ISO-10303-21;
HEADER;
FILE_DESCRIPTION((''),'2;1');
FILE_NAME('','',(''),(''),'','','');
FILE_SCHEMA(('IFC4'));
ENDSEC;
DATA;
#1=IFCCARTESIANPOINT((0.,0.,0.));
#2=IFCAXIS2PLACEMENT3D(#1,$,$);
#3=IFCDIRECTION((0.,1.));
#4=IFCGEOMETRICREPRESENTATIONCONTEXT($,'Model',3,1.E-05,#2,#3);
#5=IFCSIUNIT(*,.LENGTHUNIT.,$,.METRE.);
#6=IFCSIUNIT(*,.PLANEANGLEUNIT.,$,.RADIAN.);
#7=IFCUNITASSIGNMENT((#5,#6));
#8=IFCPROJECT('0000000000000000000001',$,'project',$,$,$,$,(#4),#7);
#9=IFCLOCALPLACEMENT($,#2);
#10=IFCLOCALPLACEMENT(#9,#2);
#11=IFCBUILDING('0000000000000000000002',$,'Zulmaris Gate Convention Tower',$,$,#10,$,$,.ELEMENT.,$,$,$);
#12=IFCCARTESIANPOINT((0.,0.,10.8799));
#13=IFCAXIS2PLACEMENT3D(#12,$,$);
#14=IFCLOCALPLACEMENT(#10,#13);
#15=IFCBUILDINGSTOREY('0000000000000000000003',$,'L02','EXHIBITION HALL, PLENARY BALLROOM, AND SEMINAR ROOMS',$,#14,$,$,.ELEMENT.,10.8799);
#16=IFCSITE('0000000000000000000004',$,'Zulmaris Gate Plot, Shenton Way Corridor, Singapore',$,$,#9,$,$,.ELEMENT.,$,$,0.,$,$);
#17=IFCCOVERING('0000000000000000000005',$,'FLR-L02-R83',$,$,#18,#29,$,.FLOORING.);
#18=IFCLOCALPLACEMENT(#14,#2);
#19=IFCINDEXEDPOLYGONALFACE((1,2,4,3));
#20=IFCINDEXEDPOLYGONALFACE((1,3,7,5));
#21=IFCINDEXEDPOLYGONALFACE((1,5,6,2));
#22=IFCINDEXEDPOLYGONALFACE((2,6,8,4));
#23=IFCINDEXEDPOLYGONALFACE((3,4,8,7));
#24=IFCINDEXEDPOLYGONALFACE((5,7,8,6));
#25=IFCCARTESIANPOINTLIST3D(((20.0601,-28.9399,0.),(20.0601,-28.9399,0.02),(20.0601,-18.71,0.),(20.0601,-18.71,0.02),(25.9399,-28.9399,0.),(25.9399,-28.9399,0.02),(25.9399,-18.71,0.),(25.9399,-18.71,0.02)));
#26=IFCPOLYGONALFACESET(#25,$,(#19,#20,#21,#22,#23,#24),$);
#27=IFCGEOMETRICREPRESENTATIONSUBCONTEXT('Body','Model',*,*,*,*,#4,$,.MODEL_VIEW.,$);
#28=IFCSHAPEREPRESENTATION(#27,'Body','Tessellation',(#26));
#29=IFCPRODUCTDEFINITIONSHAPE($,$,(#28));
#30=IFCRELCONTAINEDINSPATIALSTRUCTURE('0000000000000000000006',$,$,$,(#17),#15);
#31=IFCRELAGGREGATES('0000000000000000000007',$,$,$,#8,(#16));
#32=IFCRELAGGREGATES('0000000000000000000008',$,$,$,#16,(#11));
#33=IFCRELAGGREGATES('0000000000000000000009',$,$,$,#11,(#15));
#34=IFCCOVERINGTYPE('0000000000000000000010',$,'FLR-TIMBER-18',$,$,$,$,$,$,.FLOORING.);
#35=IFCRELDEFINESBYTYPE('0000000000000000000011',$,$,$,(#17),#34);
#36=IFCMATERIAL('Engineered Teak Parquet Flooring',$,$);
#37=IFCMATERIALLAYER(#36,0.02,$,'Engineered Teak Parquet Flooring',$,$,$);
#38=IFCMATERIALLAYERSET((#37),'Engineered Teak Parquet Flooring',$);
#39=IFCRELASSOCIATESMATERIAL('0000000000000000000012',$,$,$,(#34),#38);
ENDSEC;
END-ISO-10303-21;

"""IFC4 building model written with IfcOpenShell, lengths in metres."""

from ifc_helpers import new_model, si_unit, direction, frame, origin, place, context, subcontext, project, spatial, polyline, outline, extrude, material, layer, layer_set, type_object, element, save


model = new_model("IFC4")

# Units and contexts
model_context = context("Model", 3, precision=1e-05, world=origin(), true_north=direction((0.0, 1.0)))
body_context = subcontext(model_context, "Body", "Model", "MODEL_VIEW")
ifc_project = project(units=[si_unit("LENGTHUNIT", "METRE"), si_unit("PLANEANGLEUNIT", "RADIAN")], contexts=[model_context])

# Site, building, storey
site_placement = place(None, origin())
site = spatial("IfcSite", under=ifc_project, at=site_placement, Name="Zulmaris Gate Plot, Shenton Way Corridor, Singapore", CompositionType="ELEMENT", RefElevation=0.0)
building_placement = place(site_placement, origin())
building = spatial("IfcBuilding", under=site, at=building_placement, Name="Zulmaris Gate Convention Tower", CompositionType="ELEMENT")
storey_placement = place(building_placement, frame((0.0, 0.0, 10.8799)))
storey = spatial("IfcBuildingStorey", under=building, at=storey_placement, Name="L02", Description="EXHIBITION HALL, PLENARY BALLROOM, AND SEMINAR ROOMS", CompositionType="ELEMENT", Elevation=10.8799)

# Covering
ifc_material_1 = material(Name="Engineered Teak Parquet Flooring")
ifc_layer_1 = layer(ifc_material_1, 0.02, Name="Engineered Teak Parquet Flooring")
ifc_layer_set_1 = layer_set([ifc_layer_1], Name="Engineered Teak Parquet Flooring")
covering_type_1 = type_object("IfcCoveringType", Name="FLR-TIMBER-18", PredefinedType="FLOORING", material=ifc_layer_set_1)
covering_1_placement = place(storey_placement, origin())
element("IfcCovering", 1, at=covering_1_placement, inside=storey, type_object=covering_type_1, Name="FLR-L02-R83", PredefinedType="FLOORING", context=body_context, shape_type="SweptSolid", body=[
    extrude(outline(polyline([(20.0601, -28.9399), (25.9399, -28.9399), (25.9399, -18.71), (20.0601, -18.71), (20.0601, -28.9399)])), origin(), (0.0, 0.0, 1.0), 0.02),
])

save(model, "model.ifc")
